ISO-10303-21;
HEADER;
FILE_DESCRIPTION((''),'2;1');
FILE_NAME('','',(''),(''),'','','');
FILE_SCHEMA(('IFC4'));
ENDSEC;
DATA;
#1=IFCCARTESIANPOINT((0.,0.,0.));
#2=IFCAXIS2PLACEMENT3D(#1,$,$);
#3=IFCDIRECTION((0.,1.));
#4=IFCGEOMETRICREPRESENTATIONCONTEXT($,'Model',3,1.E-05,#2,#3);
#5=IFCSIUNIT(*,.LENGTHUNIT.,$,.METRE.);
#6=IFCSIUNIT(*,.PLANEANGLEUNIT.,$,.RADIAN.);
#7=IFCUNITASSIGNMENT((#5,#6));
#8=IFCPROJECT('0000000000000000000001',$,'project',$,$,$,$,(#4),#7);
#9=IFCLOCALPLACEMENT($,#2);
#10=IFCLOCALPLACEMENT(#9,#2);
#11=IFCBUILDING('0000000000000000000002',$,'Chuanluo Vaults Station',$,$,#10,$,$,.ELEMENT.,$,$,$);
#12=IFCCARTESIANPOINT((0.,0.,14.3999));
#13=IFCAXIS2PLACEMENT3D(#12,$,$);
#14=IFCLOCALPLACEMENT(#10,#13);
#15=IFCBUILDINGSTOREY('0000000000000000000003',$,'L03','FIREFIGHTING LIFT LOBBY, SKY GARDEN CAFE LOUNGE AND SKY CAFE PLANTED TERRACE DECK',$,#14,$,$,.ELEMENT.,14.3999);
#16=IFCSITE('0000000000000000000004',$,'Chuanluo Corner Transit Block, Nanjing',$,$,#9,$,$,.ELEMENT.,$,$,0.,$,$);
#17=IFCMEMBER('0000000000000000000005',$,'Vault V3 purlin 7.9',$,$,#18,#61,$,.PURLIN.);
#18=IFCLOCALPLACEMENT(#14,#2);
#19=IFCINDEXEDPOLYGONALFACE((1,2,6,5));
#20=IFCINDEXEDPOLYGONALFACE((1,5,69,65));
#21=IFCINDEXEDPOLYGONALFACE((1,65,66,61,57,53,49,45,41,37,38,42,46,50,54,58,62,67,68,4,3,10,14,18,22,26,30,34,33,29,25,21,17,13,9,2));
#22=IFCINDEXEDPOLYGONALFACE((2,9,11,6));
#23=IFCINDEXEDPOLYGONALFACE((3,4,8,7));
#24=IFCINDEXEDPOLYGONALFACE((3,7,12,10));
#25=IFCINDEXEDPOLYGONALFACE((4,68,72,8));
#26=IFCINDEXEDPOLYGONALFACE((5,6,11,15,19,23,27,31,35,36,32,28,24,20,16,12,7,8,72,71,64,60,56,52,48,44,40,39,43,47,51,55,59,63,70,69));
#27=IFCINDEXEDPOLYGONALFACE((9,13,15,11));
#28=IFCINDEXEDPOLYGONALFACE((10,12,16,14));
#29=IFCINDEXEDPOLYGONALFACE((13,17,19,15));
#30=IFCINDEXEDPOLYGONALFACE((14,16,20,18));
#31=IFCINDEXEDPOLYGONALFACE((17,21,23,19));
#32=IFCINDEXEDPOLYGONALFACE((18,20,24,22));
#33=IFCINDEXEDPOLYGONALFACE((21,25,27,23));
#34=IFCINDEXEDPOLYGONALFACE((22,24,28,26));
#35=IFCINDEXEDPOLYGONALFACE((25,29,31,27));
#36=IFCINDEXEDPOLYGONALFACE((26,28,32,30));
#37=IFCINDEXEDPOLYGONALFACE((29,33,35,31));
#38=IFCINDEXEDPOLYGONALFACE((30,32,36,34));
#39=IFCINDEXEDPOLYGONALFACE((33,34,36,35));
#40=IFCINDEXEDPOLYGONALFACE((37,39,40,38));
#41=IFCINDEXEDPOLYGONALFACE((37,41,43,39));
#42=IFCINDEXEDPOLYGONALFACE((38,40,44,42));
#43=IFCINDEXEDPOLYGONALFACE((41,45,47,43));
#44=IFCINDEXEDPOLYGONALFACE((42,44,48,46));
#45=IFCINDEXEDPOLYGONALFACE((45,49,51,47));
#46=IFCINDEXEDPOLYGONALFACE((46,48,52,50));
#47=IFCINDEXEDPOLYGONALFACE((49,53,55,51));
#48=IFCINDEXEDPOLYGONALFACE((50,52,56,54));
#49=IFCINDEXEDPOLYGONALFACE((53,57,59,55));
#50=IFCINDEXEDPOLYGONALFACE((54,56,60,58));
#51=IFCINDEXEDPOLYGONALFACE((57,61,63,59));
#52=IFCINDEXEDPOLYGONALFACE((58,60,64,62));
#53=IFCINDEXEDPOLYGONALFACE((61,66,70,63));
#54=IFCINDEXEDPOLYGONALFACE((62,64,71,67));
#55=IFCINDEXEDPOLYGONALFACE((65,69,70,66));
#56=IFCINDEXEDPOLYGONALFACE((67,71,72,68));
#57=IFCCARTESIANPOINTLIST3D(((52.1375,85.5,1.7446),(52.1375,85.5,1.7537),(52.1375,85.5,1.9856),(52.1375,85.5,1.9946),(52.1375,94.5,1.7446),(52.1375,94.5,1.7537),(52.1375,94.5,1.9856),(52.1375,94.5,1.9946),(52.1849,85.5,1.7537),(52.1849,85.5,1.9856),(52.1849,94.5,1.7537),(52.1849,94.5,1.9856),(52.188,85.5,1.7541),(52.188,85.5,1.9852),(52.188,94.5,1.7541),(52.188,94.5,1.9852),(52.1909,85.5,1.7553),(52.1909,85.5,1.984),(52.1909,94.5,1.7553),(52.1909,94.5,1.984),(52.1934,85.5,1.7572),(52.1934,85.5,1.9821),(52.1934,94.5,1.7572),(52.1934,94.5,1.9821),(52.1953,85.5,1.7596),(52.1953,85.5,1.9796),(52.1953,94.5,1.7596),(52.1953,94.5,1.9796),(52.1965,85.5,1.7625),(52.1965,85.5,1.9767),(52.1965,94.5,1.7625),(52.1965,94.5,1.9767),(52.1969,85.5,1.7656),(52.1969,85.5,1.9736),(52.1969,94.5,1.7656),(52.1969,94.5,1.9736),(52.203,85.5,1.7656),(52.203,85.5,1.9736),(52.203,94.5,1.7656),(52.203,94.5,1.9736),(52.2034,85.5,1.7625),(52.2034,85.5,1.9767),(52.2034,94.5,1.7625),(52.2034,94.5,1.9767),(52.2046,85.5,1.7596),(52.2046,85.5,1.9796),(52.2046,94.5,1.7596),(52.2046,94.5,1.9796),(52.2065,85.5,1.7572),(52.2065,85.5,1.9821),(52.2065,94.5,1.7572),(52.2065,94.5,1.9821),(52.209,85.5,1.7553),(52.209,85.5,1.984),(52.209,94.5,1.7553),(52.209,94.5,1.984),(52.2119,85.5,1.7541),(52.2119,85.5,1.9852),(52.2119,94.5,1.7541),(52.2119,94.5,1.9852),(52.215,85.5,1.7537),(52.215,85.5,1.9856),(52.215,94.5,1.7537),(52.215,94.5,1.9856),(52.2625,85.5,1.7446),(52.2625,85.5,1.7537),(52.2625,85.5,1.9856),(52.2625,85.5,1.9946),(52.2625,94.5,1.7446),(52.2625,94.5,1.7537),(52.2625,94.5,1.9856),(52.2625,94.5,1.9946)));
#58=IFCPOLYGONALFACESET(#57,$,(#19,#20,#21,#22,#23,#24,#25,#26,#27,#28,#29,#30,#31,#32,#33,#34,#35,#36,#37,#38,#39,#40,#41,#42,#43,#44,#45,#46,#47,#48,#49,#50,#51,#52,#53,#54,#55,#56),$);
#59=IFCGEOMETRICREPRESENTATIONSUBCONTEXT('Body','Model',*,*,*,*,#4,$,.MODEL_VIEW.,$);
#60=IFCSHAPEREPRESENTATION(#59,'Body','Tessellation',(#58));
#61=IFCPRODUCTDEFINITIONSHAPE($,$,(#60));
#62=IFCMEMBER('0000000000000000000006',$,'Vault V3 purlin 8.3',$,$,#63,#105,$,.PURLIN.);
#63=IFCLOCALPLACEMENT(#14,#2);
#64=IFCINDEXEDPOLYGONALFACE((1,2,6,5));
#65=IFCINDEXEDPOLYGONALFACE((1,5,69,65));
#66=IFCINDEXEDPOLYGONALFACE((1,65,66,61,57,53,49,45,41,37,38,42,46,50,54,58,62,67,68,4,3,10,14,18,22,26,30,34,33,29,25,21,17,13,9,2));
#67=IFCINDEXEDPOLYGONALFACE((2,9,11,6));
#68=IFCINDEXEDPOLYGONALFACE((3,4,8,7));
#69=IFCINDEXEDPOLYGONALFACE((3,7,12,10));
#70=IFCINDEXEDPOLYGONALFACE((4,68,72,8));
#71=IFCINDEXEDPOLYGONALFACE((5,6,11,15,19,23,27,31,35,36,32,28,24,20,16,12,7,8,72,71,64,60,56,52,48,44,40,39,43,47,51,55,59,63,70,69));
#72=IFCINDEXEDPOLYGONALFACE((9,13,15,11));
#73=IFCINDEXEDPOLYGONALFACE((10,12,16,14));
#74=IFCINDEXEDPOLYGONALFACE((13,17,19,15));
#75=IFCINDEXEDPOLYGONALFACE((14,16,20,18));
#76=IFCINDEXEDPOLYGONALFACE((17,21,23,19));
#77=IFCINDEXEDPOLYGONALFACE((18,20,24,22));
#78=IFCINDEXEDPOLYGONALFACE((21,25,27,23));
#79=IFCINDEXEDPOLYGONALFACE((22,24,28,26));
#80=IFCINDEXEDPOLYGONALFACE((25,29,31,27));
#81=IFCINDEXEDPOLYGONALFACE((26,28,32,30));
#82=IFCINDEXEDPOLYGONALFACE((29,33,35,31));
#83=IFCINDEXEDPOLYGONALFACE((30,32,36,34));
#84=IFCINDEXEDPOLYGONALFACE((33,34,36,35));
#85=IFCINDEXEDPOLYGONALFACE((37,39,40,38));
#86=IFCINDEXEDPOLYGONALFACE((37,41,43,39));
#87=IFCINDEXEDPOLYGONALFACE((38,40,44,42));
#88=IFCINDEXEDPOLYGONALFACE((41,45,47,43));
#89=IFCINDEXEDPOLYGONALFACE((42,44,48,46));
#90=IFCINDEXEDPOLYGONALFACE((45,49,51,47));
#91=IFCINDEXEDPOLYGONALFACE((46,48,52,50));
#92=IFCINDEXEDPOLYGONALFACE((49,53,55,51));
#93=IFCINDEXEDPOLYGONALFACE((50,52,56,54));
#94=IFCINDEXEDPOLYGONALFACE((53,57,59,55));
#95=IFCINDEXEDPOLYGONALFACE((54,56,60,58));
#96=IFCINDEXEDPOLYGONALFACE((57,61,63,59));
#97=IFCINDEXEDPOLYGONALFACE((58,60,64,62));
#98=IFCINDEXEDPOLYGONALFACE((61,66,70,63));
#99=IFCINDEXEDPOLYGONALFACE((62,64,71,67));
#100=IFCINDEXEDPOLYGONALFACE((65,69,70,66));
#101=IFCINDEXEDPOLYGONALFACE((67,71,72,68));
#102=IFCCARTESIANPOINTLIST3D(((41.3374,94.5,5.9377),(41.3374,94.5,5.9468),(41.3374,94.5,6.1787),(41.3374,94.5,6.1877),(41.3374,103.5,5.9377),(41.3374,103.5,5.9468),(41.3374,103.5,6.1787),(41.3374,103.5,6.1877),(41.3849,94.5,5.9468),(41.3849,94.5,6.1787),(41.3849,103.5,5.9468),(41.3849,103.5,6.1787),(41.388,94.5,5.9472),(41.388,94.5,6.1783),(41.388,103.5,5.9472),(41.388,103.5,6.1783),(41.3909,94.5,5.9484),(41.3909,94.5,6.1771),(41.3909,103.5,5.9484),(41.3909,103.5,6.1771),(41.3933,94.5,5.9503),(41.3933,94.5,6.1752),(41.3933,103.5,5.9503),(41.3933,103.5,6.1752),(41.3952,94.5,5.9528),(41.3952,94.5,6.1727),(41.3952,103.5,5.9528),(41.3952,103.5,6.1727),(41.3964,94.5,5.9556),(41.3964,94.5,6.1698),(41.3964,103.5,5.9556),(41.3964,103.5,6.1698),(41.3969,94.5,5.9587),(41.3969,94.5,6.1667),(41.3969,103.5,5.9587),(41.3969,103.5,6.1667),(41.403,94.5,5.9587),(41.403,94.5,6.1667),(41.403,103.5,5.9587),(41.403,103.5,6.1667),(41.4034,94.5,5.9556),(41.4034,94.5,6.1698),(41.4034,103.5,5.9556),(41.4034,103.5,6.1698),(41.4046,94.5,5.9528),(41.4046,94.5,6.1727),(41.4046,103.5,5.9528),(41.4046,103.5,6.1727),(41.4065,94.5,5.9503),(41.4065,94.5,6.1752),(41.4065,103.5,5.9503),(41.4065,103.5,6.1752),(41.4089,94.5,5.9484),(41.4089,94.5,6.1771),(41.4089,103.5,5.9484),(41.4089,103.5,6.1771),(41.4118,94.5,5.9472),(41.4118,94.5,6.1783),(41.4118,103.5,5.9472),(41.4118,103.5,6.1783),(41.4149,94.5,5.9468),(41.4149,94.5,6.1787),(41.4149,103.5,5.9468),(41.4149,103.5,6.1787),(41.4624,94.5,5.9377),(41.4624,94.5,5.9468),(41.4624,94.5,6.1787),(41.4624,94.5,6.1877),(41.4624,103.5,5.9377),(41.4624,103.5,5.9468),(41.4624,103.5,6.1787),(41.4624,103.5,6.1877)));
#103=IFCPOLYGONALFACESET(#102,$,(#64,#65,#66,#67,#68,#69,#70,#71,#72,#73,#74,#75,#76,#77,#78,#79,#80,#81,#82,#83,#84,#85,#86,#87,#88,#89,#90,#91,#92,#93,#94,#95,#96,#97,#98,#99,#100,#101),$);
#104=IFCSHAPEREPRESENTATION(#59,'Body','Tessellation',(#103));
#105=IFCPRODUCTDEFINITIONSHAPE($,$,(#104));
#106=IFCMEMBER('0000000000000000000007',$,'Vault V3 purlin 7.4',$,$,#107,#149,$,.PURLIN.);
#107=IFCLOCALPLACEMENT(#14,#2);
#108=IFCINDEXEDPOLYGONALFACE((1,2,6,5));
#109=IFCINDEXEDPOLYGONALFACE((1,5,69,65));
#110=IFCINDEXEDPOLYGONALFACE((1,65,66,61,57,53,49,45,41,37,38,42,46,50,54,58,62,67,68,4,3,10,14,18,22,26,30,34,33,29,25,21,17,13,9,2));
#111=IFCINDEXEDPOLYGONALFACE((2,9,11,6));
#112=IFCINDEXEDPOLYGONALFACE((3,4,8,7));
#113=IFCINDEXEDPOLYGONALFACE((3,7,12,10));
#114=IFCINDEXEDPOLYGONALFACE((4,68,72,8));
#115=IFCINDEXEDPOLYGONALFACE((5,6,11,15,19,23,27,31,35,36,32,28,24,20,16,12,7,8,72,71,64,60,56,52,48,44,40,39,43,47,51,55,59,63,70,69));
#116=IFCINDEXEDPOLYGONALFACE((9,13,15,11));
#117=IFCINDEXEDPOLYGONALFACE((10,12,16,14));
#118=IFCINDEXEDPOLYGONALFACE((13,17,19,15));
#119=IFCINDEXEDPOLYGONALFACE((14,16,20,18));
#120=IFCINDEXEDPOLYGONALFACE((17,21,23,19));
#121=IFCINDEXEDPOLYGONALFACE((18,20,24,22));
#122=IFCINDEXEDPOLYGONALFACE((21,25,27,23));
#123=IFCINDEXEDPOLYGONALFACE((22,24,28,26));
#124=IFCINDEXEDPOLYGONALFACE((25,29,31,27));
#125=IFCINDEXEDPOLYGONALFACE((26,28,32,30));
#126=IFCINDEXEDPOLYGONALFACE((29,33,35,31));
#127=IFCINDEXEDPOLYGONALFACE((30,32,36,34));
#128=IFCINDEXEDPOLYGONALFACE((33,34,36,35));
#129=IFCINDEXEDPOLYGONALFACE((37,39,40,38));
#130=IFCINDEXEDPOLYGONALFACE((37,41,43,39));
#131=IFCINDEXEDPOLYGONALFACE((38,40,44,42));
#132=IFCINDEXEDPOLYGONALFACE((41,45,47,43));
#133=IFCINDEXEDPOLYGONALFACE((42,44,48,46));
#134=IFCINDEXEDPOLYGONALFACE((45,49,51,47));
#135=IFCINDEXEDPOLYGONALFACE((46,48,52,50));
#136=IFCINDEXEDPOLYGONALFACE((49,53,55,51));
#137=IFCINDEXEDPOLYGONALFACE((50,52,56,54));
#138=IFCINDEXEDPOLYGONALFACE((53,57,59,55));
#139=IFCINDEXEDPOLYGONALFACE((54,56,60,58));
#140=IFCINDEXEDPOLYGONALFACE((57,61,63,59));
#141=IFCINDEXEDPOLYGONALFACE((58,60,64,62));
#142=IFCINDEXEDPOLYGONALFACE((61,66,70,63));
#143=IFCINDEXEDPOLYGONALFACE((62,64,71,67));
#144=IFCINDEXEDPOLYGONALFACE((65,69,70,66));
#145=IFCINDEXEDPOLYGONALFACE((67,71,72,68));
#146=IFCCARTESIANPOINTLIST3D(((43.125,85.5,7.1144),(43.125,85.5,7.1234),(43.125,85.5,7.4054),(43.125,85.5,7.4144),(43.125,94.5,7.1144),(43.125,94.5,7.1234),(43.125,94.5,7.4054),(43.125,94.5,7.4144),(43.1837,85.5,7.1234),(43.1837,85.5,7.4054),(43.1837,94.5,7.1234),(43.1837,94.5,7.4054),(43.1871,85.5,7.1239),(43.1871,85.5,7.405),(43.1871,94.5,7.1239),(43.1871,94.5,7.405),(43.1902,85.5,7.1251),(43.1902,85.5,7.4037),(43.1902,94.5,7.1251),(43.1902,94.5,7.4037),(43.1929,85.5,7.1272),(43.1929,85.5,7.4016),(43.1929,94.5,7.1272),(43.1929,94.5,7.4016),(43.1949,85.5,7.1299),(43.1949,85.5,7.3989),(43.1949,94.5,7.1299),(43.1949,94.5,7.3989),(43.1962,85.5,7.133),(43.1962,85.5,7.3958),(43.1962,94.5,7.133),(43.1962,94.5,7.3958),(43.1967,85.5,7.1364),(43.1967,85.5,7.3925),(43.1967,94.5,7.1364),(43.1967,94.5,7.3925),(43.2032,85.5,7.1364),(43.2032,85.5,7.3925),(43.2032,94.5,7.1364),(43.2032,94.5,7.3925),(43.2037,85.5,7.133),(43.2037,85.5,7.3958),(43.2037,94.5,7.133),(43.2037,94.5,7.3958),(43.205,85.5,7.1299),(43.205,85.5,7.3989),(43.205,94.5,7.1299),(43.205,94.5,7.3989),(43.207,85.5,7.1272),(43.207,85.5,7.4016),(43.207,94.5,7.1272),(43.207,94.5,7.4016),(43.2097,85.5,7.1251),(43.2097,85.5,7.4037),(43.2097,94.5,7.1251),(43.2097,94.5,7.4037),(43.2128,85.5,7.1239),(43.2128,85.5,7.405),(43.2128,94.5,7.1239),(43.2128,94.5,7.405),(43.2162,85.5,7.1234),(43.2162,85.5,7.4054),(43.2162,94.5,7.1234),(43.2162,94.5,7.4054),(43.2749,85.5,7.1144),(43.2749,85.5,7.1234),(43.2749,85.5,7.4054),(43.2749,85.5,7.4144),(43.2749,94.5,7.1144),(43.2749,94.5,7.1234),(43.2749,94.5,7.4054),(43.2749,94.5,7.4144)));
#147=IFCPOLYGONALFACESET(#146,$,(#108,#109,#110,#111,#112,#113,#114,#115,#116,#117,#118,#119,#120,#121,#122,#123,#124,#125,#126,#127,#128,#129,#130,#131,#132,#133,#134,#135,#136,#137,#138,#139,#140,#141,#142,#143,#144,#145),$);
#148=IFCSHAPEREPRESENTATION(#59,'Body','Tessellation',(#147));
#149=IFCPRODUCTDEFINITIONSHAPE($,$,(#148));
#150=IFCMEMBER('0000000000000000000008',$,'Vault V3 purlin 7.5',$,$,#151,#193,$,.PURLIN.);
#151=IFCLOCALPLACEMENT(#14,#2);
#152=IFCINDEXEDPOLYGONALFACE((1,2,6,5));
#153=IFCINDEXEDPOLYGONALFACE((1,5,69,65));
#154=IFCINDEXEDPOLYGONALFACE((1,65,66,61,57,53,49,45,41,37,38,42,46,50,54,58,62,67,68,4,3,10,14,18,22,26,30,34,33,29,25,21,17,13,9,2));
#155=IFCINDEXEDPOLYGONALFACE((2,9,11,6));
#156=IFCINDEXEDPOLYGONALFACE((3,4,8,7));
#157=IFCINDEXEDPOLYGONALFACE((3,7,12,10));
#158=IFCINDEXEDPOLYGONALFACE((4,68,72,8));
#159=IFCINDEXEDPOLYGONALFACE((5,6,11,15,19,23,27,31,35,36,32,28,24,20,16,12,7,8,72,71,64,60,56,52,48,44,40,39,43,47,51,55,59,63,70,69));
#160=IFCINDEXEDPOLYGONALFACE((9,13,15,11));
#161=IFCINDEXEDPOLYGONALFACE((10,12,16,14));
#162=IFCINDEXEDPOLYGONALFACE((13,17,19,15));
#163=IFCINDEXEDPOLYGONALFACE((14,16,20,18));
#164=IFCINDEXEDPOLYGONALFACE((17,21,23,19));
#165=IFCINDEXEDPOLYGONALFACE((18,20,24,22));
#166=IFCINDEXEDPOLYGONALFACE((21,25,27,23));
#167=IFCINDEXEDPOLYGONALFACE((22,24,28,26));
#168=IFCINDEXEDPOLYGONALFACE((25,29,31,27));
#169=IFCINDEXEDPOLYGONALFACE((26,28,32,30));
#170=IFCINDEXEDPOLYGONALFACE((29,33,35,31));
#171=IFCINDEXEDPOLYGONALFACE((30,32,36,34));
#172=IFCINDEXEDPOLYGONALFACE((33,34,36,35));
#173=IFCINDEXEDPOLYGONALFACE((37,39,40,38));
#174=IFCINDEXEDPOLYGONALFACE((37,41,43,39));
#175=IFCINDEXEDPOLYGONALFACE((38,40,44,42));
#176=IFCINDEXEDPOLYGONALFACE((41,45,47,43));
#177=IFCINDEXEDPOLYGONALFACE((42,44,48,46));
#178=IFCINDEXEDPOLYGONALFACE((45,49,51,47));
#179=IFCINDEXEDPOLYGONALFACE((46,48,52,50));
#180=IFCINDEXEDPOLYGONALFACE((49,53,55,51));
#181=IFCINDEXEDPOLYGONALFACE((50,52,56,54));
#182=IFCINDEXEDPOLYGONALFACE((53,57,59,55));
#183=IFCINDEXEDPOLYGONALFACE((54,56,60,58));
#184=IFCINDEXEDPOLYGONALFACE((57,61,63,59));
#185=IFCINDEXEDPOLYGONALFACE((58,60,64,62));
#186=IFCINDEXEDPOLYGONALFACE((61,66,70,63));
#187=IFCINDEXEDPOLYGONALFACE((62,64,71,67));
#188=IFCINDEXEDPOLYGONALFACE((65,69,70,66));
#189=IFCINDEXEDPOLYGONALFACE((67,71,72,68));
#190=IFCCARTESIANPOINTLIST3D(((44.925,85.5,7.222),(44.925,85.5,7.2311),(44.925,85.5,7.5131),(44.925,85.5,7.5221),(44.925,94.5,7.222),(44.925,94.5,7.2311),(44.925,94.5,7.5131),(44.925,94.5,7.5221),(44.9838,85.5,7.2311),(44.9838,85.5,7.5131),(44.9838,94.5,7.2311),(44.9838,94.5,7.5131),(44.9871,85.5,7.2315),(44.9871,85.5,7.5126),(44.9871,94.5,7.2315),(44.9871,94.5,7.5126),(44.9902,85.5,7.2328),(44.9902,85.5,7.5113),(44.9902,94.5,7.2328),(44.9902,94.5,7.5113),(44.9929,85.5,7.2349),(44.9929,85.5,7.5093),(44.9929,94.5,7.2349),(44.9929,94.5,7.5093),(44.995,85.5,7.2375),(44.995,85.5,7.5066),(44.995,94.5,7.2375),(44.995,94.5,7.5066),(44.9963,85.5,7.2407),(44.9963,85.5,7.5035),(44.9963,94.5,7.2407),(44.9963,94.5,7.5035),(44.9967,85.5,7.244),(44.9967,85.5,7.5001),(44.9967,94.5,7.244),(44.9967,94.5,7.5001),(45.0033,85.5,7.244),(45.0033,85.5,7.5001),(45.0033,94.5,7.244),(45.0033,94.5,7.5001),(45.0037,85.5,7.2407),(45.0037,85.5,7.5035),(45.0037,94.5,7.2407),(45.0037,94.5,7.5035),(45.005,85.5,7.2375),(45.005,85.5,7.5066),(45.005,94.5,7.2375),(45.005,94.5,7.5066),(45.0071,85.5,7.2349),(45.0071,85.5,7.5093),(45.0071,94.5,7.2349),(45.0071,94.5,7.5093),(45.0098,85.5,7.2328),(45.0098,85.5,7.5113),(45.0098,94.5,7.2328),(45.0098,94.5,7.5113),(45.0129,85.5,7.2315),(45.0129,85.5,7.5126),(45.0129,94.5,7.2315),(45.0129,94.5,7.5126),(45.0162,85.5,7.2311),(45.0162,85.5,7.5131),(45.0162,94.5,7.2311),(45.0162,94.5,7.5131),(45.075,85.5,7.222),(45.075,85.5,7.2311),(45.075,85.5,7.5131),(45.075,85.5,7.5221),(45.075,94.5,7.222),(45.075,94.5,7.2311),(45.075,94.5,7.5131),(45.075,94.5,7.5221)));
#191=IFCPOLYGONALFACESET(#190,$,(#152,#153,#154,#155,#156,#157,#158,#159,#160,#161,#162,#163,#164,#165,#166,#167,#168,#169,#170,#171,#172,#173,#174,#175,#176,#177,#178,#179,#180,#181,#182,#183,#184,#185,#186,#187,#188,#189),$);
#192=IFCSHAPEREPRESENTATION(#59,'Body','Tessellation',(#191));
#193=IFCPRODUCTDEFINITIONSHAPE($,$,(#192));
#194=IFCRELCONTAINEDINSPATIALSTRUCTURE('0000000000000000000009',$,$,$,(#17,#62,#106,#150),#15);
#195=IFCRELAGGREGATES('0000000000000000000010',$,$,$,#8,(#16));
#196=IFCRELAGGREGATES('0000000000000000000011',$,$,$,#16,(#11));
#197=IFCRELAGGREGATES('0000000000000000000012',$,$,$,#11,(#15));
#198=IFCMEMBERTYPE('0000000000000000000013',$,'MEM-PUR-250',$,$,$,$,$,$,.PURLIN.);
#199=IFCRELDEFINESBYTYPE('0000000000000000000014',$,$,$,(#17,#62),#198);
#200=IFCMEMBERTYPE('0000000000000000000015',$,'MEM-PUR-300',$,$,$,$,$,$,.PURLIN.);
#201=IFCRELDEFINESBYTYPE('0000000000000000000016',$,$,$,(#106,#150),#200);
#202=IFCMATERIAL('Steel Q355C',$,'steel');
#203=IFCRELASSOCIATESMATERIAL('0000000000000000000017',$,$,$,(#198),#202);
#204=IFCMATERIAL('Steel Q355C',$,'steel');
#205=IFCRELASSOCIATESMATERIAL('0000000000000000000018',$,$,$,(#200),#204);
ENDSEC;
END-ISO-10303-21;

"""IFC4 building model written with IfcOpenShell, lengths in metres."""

from ifc_helpers import new_model, si_unit, direction, frame, origin, origin_2d, place, context, subcontext, project, spatial, i_section, extrude, material, material_profile, profile_set, type_object, element, save


model = new_model("IFC4")

# Units and contexts
model_context = context("Model", 3, precision=1e-05, world=origin(), true_north=direction((0.0, 1.0)))
body_context = subcontext(model_context, "Body", "Model", "MODEL_VIEW")
ifc_project = project(units=[si_unit("LENGTHUNIT", "METRE"), si_unit("PLANEANGLEUNIT", "RADIAN")], contexts=[model_context])

# Site, building, storey
site_placement = place(None, origin())
site = spatial("IfcSite", under=ifc_project, at=site_placement, Name="Chuanluo Corner Transit Block, Nanjing", CompositionType="ELEMENT", RefElevation=0.0)
building_placement = place(site_placement, origin())
building = spatial("IfcBuilding", under=site, at=building_placement, Name="Chuanluo Vaults Station", CompositionType="ELEMENT")
storey_placement = place(building_placement, frame((0.0, 0.0, 14.3999)))
storey = spatial("IfcBuildingStorey", under=building, at=storey_placement, Name="L03", Description="FIREFIGHTING LIFT LOBBY, SKY GARDEN CAFE LOUNGE AND SKY CAFE PLANTED TERRACE DECK", CompositionType="ELEMENT", Elevation=14.3999)

# Members
ifc_material_1 = material(Name="Steel Q355C", Category="steel")
ifc_material_profile_1 = material_profile(ifc_material_1, i_section(OverallWidth=0.125, OverallDepth=0.25, WebThickness=0.0061, FlangeThickness=0.009, FilletRadius=0.012, at=origin_2d()))
ifc_profile_set_1 = profile_set([ifc_material_profile_1], Name="Steel Q355C")
member_type_1 = type_object("IfcMemberType", Name="MEM-PUR-250", PredefinedType="PURLIN", material=ifc_profile_set_1)
for number, where, z_axis, x_axis, name in (
    (1, (52.2, 85.5, 1.8696), (0.0, 1.0, 0.0), (-1.0, 0.0, 0.0), "Vault V3 purlin 7.9"),
    (2, (41.3999, 94.5, 6.0627), (0.0, 1.0, 0.0), (-1.0, 0.0, 0.0), "Vault V3 purlin 8.3"),
):
    element("IfcMember", number, at=place(storey_placement, frame(where, z_axis=z_axis, x_axis=x_axis)), inside=storey, type_object=member_type_1, Name=name, PredefinedType="PURLIN", context=body_context, shape_type="SweptSolid", body=[
        extrude(i_section(OverallWidth=0.125, OverallDepth=0.25, WebThickness=0.0061, FlangeThickness=0.009, FilletRadius=0.012, at=origin_2d()), origin(), (0.0, 0.0, 1.0), 9.0),
    ])
ifc_material_2 = material(Name="Steel Q355C", Category="steel")
ifc_material_profile_2 = material_profile(ifc_material_2, i_section(OverallWidth=0.1499, OverallDepth=0.3, WebThickness=0.0066, FlangeThickness=0.009, FilletRadius=0.0129, at=origin_2d()))
ifc_profile_set_2 = profile_set([ifc_material_profile_2], Name="Steel Q355C")
member_type_2 = type_object("IfcMemberType", Name="MEM-PUR-300", PredefinedType="PURLIN", material=ifc_profile_set_2)
for number, where, z_axis, x_axis, name in (
    (3, (43.2, 85.5, 7.2644), (0.0, 1.0, 0.0), (-1.0, 0.0, 0.0), "Vault V3 purlin 7.4"),
    (4, (45.0, 85.5, 7.3721), (0.0, 1.0, 0.0), (-1.0, 0.0, 0.0), "Vault V3 purlin 7.5"),
):
    element("IfcMember", number, at=place(storey_placement, frame(where, z_axis=z_axis, x_axis=x_axis)), inside=storey, type_object=member_type_2, Name=name, PredefinedType="PURLIN", context=body_context, shape_type="SweptSolid", body=[
        extrude(i_section(OverallWidth=0.1499, OverallDepth=0.3, WebThickness=0.0066, FlangeThickness=0.009, FilletRadius=0.0129, at=origin_2d()), origin(), (0.0, 0.0, 1.0), 9.0),
    ])

save(model, "model.ifc")
